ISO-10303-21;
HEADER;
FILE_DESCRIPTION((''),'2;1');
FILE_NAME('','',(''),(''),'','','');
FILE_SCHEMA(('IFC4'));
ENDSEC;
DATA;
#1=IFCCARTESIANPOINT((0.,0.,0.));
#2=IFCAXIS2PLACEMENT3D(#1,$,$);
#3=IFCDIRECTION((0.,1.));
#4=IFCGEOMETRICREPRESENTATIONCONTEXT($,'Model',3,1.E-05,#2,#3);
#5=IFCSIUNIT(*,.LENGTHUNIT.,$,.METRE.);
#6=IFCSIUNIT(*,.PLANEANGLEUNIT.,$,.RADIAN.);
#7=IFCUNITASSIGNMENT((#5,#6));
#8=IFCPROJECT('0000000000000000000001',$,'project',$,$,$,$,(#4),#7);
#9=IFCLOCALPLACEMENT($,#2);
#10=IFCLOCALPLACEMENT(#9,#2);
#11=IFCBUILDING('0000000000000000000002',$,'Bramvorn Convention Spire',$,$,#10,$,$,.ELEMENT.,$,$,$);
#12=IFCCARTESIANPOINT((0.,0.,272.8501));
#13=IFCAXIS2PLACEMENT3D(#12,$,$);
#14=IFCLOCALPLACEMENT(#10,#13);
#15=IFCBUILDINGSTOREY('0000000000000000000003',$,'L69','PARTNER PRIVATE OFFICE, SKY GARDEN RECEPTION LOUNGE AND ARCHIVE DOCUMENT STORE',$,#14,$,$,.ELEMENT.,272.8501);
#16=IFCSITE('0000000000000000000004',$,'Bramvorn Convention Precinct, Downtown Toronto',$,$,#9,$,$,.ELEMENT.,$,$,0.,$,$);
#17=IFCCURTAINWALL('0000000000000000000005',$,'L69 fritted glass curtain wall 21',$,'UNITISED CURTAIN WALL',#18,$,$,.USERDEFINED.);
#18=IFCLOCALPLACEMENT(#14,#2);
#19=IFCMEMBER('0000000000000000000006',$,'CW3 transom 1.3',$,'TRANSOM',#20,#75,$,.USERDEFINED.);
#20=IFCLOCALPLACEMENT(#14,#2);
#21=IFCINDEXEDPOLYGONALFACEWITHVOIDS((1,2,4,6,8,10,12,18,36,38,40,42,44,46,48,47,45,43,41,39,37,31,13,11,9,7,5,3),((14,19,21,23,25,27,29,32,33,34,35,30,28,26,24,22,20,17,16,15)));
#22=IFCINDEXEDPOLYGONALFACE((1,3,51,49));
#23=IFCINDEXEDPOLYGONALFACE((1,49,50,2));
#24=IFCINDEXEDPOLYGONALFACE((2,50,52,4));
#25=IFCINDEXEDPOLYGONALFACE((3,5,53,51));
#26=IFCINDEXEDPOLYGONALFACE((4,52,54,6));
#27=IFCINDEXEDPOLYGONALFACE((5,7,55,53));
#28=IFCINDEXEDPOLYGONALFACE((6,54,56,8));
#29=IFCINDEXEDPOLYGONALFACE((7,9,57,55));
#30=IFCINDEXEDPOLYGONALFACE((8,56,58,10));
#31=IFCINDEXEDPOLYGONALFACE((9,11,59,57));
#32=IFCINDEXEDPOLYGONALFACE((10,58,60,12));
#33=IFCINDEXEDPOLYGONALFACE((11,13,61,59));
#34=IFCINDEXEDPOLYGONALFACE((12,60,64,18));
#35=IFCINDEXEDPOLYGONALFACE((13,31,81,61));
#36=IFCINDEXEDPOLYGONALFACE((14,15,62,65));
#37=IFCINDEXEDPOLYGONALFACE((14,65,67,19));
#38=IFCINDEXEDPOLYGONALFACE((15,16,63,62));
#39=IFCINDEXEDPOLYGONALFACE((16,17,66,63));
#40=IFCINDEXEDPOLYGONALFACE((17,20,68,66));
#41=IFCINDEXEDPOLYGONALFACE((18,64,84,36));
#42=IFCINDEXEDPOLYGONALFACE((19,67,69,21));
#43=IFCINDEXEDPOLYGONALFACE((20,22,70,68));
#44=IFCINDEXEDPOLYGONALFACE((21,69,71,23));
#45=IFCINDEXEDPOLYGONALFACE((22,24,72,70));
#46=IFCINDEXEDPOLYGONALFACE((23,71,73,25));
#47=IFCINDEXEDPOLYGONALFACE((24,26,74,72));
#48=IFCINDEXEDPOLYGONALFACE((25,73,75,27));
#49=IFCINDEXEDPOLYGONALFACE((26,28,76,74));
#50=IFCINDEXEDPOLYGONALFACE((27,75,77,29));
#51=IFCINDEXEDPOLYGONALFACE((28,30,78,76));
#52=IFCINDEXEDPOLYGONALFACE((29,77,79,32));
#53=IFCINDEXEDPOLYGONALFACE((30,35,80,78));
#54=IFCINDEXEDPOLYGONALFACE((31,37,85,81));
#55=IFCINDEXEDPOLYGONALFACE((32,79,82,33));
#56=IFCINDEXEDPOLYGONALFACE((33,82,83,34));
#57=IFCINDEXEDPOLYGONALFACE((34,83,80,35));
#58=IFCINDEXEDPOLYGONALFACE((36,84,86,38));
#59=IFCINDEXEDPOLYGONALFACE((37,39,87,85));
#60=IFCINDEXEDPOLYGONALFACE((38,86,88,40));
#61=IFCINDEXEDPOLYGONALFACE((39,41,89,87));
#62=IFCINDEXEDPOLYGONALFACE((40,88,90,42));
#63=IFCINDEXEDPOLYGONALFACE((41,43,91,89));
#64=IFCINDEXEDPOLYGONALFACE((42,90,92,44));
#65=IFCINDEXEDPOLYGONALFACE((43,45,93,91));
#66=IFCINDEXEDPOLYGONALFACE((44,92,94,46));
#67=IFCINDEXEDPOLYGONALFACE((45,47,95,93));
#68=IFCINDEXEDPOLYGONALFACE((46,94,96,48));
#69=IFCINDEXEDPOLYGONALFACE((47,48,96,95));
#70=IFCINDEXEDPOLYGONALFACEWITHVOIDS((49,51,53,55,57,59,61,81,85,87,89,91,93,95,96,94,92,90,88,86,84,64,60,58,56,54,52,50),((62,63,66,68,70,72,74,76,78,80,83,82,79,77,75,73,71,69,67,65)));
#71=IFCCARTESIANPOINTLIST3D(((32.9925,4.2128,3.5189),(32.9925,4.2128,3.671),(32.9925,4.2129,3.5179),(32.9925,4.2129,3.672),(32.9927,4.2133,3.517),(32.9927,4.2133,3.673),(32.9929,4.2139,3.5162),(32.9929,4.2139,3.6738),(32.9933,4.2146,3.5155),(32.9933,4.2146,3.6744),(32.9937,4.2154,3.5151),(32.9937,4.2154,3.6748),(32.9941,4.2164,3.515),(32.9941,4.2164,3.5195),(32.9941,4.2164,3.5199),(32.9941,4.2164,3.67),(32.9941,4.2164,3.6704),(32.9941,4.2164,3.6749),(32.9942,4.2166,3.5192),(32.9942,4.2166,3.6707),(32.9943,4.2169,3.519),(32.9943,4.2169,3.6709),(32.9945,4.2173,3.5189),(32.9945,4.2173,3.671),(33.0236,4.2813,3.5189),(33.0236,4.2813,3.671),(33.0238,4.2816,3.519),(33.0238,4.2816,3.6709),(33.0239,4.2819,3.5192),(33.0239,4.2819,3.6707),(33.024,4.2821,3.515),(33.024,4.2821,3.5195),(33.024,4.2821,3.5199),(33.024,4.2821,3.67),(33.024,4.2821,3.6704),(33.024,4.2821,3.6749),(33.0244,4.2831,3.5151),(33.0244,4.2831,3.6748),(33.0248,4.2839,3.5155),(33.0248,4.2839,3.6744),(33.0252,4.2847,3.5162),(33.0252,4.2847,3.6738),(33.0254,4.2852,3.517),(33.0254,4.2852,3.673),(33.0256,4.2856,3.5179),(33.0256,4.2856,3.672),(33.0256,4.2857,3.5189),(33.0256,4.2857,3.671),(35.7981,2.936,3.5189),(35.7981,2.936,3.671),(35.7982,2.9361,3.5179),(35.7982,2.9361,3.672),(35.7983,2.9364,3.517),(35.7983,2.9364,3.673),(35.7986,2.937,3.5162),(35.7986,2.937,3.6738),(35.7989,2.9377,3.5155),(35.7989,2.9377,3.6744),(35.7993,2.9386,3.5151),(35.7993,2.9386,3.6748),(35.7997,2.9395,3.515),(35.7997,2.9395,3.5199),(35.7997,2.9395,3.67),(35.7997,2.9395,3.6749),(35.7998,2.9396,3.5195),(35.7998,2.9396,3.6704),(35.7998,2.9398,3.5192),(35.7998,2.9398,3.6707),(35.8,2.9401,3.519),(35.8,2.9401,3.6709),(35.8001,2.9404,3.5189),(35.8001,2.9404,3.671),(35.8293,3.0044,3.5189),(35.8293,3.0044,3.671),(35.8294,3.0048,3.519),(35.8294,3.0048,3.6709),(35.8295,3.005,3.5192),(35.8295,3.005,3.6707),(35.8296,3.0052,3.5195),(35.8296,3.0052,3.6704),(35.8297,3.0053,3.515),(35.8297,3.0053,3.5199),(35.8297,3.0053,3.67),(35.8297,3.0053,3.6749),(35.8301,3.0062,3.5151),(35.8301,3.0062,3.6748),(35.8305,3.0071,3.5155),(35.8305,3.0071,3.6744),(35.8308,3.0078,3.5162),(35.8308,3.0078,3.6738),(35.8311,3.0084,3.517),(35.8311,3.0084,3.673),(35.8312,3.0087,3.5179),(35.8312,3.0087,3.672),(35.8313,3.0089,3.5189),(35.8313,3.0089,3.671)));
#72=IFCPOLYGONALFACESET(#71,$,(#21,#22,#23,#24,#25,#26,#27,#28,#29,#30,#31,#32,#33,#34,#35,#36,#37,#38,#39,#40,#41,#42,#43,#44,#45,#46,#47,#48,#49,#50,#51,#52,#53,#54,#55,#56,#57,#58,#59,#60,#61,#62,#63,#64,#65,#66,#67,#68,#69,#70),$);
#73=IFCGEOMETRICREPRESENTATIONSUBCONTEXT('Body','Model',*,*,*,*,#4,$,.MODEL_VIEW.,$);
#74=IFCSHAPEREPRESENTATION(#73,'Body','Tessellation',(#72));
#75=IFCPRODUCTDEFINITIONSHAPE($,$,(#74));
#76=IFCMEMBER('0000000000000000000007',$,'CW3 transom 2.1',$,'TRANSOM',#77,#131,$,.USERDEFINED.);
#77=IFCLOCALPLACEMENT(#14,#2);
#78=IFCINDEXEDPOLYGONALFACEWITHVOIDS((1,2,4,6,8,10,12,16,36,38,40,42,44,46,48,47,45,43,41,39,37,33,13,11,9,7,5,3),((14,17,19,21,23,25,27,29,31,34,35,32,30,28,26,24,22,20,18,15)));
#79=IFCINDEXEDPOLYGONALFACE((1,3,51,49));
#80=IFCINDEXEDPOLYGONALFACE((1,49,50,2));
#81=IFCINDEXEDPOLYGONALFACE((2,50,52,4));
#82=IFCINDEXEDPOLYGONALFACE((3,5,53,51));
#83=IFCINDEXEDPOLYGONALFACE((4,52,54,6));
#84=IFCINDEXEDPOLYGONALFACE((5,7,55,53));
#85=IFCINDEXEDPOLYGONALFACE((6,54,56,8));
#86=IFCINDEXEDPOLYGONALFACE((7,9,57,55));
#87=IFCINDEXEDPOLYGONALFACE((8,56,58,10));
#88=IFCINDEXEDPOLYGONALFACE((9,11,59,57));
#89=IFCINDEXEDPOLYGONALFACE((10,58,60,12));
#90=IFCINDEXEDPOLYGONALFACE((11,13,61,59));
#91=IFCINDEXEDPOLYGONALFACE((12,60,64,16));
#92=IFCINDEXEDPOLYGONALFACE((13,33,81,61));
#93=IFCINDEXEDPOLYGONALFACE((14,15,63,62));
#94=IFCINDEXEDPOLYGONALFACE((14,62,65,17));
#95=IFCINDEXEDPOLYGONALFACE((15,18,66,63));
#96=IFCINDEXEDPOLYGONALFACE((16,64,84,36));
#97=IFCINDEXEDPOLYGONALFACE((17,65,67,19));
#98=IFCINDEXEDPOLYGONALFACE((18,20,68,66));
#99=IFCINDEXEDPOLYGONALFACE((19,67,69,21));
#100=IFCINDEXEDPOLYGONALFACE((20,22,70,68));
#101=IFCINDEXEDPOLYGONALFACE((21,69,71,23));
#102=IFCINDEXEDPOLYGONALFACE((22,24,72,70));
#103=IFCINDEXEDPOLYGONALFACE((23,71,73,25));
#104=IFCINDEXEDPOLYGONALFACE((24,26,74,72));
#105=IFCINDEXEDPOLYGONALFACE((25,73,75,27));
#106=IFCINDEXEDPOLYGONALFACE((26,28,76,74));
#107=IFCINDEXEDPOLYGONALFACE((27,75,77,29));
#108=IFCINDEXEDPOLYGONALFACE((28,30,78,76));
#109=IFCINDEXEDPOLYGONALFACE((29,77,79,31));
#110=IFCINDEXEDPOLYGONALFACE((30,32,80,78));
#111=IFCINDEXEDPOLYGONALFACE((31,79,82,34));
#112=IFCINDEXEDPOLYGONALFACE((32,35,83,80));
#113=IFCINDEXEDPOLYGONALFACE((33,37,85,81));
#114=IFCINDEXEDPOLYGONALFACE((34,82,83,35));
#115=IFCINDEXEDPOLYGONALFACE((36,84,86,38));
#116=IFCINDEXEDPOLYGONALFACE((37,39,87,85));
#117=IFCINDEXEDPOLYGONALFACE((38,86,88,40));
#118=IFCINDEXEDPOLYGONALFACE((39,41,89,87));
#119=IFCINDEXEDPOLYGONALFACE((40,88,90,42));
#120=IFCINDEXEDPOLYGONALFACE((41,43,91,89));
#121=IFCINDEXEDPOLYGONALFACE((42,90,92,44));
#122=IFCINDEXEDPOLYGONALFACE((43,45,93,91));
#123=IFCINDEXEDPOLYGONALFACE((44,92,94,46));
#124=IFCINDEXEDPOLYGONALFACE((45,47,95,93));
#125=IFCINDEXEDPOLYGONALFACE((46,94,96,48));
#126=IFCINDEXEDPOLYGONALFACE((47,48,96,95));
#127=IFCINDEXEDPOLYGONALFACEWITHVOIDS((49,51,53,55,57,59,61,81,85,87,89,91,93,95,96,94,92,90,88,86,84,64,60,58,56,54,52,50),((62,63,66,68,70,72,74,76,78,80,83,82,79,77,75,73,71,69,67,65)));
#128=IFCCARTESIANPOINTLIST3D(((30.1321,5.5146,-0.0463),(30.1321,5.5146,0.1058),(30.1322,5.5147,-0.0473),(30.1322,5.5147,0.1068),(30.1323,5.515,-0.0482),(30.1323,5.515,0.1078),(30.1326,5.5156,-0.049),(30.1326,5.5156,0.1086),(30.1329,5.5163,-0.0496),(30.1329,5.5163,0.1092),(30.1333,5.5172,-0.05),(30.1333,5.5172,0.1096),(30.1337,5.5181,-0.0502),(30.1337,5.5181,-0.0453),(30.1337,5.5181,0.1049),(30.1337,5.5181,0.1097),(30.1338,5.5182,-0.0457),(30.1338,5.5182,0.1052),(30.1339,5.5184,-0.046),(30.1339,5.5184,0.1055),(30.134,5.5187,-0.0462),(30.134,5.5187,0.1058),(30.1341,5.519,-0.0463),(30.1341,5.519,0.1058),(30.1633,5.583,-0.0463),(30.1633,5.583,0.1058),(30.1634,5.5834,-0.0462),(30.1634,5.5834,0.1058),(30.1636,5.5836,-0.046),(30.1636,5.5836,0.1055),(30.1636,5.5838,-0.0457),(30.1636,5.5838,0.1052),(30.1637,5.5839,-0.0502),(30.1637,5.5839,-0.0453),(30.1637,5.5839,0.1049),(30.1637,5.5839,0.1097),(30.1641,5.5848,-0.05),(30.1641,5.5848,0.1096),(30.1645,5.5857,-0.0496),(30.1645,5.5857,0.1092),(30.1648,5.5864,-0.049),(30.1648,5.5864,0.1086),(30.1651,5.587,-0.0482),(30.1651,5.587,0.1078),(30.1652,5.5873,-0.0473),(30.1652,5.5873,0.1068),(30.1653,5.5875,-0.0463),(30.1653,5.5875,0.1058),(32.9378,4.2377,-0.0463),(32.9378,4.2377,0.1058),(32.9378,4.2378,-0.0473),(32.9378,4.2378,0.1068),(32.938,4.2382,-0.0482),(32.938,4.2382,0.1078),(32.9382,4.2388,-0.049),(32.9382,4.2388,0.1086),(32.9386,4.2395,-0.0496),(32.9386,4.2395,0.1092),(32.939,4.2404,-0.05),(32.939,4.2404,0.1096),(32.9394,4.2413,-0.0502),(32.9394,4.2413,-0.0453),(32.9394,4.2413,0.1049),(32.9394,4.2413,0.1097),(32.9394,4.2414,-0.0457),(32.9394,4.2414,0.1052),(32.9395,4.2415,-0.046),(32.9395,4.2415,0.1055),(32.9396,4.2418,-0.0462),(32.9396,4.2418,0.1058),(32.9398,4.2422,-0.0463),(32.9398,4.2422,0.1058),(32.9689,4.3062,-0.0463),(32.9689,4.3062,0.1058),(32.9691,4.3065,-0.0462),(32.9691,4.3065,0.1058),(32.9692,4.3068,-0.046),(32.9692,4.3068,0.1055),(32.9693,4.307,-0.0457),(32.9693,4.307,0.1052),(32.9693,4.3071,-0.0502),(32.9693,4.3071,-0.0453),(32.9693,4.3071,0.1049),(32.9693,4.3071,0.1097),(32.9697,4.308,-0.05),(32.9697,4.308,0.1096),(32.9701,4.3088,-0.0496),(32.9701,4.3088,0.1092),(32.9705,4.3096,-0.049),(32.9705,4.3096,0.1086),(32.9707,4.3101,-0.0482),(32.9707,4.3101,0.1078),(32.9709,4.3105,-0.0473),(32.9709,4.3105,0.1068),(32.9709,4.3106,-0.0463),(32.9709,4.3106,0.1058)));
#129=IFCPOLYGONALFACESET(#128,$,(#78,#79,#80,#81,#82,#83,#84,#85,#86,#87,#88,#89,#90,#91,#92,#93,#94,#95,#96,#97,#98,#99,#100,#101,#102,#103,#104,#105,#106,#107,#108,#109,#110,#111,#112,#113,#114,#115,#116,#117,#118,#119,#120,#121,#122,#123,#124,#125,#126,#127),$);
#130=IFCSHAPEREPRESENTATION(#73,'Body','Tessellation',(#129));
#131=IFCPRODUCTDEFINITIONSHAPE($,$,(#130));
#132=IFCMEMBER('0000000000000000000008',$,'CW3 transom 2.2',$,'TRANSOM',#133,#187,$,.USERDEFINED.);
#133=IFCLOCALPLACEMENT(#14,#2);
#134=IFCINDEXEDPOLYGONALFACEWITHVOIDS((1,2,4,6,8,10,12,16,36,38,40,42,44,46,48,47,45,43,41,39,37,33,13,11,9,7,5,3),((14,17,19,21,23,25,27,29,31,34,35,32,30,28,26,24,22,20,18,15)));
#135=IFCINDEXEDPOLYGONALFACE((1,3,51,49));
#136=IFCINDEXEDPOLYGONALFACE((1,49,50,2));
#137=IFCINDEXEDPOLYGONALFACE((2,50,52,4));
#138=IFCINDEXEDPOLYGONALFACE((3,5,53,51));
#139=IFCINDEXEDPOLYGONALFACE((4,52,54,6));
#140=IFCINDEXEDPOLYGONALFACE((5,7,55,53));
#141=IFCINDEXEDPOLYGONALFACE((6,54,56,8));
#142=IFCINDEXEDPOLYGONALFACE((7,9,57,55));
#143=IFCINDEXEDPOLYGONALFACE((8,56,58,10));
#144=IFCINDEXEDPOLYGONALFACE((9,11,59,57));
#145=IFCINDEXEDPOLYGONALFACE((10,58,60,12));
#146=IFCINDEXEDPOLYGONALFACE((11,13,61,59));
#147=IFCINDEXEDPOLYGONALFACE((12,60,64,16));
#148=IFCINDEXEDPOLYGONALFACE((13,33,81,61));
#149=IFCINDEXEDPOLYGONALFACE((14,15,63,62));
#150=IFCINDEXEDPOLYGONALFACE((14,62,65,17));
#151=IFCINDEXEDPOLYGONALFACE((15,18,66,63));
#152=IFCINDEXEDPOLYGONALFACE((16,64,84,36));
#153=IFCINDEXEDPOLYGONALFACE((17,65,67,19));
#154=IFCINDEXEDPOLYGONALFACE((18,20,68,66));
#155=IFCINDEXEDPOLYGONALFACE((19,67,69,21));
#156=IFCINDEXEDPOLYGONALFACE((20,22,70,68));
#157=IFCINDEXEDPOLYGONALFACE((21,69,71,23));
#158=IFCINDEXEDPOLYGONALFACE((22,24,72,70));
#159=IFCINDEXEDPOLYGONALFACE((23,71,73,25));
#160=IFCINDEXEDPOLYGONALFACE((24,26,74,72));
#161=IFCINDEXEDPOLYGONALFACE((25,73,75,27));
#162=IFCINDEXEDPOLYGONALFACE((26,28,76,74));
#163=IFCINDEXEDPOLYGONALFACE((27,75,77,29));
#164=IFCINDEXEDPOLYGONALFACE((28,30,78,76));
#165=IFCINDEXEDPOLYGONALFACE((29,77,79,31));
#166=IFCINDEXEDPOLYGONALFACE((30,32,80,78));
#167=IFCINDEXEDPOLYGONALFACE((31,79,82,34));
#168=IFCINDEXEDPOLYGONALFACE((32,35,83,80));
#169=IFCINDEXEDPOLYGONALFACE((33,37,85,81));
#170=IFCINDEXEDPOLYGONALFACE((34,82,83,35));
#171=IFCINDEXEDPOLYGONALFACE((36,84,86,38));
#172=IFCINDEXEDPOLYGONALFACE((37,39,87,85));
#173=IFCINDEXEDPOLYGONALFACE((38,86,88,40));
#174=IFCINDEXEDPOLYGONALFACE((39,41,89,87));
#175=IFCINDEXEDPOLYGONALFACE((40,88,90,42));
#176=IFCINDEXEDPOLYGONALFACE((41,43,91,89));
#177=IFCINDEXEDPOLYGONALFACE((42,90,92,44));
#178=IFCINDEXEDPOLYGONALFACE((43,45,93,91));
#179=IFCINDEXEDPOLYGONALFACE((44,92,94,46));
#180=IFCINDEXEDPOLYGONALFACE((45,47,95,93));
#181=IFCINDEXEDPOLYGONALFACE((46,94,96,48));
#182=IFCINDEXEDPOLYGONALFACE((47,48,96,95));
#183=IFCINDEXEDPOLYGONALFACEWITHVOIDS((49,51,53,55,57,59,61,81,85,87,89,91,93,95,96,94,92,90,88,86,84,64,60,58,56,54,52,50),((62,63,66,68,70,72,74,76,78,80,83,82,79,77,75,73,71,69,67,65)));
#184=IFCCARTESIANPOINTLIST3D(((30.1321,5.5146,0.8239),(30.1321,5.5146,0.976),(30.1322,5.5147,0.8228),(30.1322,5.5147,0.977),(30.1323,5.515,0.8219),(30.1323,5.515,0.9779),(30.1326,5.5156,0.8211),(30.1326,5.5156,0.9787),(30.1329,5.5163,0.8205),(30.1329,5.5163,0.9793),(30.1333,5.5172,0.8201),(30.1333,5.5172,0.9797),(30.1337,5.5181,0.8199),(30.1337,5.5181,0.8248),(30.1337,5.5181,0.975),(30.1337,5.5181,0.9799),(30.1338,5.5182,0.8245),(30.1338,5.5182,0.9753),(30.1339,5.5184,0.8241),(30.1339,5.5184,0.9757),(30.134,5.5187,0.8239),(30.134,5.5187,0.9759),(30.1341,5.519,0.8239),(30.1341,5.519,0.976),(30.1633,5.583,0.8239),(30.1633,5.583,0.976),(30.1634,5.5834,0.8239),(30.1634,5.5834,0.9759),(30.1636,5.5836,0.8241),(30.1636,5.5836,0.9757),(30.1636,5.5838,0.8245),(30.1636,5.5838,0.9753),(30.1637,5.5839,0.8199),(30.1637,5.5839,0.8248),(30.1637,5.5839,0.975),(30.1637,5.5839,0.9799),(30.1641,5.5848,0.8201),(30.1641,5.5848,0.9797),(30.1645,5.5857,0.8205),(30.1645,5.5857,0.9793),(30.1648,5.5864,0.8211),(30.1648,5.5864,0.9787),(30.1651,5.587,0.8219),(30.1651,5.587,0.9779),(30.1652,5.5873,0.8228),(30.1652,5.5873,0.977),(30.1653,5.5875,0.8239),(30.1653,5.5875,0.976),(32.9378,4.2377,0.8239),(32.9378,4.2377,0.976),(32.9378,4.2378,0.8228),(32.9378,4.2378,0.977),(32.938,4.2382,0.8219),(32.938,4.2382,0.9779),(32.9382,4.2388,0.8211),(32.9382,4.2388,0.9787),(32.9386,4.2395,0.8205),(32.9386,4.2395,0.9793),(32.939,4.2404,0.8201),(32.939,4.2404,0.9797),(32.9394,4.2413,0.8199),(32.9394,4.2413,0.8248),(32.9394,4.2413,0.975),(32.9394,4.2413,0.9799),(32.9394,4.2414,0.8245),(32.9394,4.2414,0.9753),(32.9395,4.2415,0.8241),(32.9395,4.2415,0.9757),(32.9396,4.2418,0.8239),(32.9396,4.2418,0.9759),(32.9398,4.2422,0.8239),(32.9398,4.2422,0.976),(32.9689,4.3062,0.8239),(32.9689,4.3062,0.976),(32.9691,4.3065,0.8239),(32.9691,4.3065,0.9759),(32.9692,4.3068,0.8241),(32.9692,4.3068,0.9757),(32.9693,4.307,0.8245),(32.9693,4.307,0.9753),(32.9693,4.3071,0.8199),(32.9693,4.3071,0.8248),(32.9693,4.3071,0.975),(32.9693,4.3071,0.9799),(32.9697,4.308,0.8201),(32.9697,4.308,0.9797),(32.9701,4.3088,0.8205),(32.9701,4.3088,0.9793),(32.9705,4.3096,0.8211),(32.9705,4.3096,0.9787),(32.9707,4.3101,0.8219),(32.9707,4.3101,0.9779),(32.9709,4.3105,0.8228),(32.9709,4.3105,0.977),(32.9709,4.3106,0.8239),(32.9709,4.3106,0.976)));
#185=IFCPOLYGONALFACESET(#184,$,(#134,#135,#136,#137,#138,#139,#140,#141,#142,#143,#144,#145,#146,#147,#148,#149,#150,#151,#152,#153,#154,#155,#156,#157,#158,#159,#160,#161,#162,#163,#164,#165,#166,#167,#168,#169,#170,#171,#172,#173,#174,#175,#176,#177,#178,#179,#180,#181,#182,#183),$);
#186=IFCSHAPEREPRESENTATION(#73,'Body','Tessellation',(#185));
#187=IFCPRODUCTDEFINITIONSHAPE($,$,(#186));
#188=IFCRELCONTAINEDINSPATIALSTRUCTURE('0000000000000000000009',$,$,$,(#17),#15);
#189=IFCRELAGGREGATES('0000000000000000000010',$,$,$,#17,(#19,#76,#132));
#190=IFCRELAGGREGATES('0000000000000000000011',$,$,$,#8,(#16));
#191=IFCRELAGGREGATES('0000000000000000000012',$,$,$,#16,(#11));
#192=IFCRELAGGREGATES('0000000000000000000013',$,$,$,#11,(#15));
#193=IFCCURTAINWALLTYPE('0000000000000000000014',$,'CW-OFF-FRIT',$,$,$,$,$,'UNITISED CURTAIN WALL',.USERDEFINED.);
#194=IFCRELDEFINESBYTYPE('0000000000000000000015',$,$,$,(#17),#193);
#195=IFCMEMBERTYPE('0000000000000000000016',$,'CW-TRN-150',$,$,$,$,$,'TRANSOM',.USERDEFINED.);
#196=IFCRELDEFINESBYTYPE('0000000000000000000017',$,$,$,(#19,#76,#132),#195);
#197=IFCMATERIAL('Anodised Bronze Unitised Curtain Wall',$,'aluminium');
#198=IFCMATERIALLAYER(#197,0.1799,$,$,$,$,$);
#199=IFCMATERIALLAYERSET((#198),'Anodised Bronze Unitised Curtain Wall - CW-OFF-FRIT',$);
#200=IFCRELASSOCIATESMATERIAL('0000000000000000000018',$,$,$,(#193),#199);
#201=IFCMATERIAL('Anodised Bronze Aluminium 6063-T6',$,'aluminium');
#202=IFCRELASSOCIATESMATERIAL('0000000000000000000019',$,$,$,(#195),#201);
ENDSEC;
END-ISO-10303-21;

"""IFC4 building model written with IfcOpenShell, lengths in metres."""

from ifc_helpers import new_model, si_unit, direction, frame, origin, origin_2d, place, context, subcontext, project, spatial, hollow_rectangle, extrude, material, layer, layer_set, material_profile, profile_set, type_object, element, aggregate, save


model = new_model("IFC4")

# Units and contexts
model_context = context("Model", 3, precision=1e-05, world=origin(), true_north=direction((0.0, 1.0)))
body_context = subcontext(model_context, "Body", "Model", "MODEL_VIEW")
ifc_project = project(units=[si_unit("LENGTHUNIT", "METRE"), si_unit("PLANEANGLEUNIT", "RADIAN")], contexts=[model_context])

# Site, building, storey
site_placement = place(None, origin())
site = spatial("IfcSite", under=ifc_project, at=site_placement, Name="Bramvorn Convention Precinct, Downtown Toronto", CompositionType="ELEMENT", RefElevation=0.0)
building_placement = place(site_placement, origin())
building = spatial("IfcBuilding", under=site, at=building_placement, Name="Bramvorn Convention Spire", CompositionType="ELEMENT")
storey_placement = place(building_placement, frame((0.0, 0.0, 272.8501)))
storey = spatial("IfcBuildingStorey", under=building, at=storey_placement, Name="L69", Description="PARTNER PRIVATE OFFICE, SKY GARDEN RECEPTION LOUNGE AND ARCHIVE DOCUMENT STORE", CompositionType="ELEMENT", Elevation=272.8501)

# Shared definitions
ifc_material_1 = material(Name="Anodised Bronze Unitised Curtain Wall", Category="aluminium")
ifc_layer_1 = layer(ifc_material_1, 0.1799)
ifc_layer_set_1 = layer_set([ifc_layer_1], Name="Anodised Bronze Unitised Curtain Wall - CW-OFF-FRIT")
curtain_wall_type = type_object("IfcCurtainWallType", Name="CW-OFF-FRIT", ElementType="UNITISED CURTAIN WALL", PredefinedType="USERDEFINED", material=ifc_layer_set_1)
ifc_material_2 = material(Name="Anodised Bronze Aluminium 6063-T6", Category="aluminium")

# Curtain wall
curtain_wall_1_placement = place(storey_placement, origin())
curtain_wall_1 = element("IfcCurtainWall", 1, at=curtain_wall_1_placement, inside=storey, type_object=curtain_wall_type, Name="L69 fritted glass curtain wall 21", ObjectType="UNITISED CURTAIN WALL", PredefinedType="USERDEFINED")

# Members
ifc_material_profile_1 = material_profile(ifc_material_2, hollow_rectangle(XDim=0.0801, YDim=0.1599, WallThickness=0.0039, InnerFilletRadius=0.001, OuterFilletRadius=0.0039, at=origin_2d()))
ifc_profile_set_1 = profile_set([ifc_material_profile_1], Name="Anodised Bronze Aluminium 6063-T6 - CWT80X160")
member_type_1 = type_object("IfcMemberType", Name="CW-TRN-150", ElementType="TRANSOM", PredefinedType="USERDEFINED", material=ifc_profile_set_1)
member_1_placement = place(storey_placement, frame((35.8147, 2.9724, 3.595), z_axis=(-0.910177, 0.414221, 0.0), x_axis=(-0.414221, -0.910177, 0.0)))
member_1 = element("IfcMember", 2, at=member_1_placement, type_object=member_type_1, Name="CW3 transom 1.3", ObjectType="TRANSOM", PredefinedType="USERDEFINED", context=body_context, shape_type="SweptSolid", body=[
    extrude(hollow_rectangle(XDim=0.0801, YDim=0.1599, WallThickness=0.0039, InnerFilletRadius=0.001, OuterFilletRadius=0.0039, at=origin_2d()), origin(), (0.0, 0.0, 1.0), 3.0825),
])
member_2_placement = place(storey_placement, frame((32.9543, 4.2742, 0.0298), z_axis=(-0.910177, 0.414221, 0.0), x_axis=(-0.414221, -0.910177, 0.0)))
member_2 = element("IfcMember", 3, at=member_2_placement, type_object=member_type_1, Name="CW3 transom 2.1", ObjectType="TRANSOM", PredefinedType="USERDEFINED", context=body_context, shape_type="SweptSolid", body=[
    extrude(hollow_rectangle(XDim=0.0801, YDim=0.1599, WallThickness=0.0039, InnerFilletRadius=0.001, OuterFilletRadius=0.0039, at=origin_2d()), origin(), (0.0, 0.0, 1.0), 3.0825),
])
member_3_placement = place(storey_placement, frame((32.9543, 4.2742, 0.8999), z_axis=(-0.910177, 0.414221, 0.0), x_axis=(-0.414221, -0.910177, 0.0)))
member_3 = element("IfcMember", 4, at=member_3_placement, type_object=member_type_1, Name="CW3 transom 2.2", ObjectType="TRANSOM", PredefinedType="USERDEFINED", context=body_context, shape_type="SweptSolid", body=[
    extrude(hollow_rectangle(XDim=0.0801, YDim=0.1599, WallThickness=0.0039, InnerFilletRadius=0.001, OuterFilletRadius=0.0039, at=origin_2d()), origin(), (0.0, 0.0, 1.0), 3.0825),
])

aggregate(curtain_wall_1, [member_1, member_2, member_3])

save(model, "model.ifc")
